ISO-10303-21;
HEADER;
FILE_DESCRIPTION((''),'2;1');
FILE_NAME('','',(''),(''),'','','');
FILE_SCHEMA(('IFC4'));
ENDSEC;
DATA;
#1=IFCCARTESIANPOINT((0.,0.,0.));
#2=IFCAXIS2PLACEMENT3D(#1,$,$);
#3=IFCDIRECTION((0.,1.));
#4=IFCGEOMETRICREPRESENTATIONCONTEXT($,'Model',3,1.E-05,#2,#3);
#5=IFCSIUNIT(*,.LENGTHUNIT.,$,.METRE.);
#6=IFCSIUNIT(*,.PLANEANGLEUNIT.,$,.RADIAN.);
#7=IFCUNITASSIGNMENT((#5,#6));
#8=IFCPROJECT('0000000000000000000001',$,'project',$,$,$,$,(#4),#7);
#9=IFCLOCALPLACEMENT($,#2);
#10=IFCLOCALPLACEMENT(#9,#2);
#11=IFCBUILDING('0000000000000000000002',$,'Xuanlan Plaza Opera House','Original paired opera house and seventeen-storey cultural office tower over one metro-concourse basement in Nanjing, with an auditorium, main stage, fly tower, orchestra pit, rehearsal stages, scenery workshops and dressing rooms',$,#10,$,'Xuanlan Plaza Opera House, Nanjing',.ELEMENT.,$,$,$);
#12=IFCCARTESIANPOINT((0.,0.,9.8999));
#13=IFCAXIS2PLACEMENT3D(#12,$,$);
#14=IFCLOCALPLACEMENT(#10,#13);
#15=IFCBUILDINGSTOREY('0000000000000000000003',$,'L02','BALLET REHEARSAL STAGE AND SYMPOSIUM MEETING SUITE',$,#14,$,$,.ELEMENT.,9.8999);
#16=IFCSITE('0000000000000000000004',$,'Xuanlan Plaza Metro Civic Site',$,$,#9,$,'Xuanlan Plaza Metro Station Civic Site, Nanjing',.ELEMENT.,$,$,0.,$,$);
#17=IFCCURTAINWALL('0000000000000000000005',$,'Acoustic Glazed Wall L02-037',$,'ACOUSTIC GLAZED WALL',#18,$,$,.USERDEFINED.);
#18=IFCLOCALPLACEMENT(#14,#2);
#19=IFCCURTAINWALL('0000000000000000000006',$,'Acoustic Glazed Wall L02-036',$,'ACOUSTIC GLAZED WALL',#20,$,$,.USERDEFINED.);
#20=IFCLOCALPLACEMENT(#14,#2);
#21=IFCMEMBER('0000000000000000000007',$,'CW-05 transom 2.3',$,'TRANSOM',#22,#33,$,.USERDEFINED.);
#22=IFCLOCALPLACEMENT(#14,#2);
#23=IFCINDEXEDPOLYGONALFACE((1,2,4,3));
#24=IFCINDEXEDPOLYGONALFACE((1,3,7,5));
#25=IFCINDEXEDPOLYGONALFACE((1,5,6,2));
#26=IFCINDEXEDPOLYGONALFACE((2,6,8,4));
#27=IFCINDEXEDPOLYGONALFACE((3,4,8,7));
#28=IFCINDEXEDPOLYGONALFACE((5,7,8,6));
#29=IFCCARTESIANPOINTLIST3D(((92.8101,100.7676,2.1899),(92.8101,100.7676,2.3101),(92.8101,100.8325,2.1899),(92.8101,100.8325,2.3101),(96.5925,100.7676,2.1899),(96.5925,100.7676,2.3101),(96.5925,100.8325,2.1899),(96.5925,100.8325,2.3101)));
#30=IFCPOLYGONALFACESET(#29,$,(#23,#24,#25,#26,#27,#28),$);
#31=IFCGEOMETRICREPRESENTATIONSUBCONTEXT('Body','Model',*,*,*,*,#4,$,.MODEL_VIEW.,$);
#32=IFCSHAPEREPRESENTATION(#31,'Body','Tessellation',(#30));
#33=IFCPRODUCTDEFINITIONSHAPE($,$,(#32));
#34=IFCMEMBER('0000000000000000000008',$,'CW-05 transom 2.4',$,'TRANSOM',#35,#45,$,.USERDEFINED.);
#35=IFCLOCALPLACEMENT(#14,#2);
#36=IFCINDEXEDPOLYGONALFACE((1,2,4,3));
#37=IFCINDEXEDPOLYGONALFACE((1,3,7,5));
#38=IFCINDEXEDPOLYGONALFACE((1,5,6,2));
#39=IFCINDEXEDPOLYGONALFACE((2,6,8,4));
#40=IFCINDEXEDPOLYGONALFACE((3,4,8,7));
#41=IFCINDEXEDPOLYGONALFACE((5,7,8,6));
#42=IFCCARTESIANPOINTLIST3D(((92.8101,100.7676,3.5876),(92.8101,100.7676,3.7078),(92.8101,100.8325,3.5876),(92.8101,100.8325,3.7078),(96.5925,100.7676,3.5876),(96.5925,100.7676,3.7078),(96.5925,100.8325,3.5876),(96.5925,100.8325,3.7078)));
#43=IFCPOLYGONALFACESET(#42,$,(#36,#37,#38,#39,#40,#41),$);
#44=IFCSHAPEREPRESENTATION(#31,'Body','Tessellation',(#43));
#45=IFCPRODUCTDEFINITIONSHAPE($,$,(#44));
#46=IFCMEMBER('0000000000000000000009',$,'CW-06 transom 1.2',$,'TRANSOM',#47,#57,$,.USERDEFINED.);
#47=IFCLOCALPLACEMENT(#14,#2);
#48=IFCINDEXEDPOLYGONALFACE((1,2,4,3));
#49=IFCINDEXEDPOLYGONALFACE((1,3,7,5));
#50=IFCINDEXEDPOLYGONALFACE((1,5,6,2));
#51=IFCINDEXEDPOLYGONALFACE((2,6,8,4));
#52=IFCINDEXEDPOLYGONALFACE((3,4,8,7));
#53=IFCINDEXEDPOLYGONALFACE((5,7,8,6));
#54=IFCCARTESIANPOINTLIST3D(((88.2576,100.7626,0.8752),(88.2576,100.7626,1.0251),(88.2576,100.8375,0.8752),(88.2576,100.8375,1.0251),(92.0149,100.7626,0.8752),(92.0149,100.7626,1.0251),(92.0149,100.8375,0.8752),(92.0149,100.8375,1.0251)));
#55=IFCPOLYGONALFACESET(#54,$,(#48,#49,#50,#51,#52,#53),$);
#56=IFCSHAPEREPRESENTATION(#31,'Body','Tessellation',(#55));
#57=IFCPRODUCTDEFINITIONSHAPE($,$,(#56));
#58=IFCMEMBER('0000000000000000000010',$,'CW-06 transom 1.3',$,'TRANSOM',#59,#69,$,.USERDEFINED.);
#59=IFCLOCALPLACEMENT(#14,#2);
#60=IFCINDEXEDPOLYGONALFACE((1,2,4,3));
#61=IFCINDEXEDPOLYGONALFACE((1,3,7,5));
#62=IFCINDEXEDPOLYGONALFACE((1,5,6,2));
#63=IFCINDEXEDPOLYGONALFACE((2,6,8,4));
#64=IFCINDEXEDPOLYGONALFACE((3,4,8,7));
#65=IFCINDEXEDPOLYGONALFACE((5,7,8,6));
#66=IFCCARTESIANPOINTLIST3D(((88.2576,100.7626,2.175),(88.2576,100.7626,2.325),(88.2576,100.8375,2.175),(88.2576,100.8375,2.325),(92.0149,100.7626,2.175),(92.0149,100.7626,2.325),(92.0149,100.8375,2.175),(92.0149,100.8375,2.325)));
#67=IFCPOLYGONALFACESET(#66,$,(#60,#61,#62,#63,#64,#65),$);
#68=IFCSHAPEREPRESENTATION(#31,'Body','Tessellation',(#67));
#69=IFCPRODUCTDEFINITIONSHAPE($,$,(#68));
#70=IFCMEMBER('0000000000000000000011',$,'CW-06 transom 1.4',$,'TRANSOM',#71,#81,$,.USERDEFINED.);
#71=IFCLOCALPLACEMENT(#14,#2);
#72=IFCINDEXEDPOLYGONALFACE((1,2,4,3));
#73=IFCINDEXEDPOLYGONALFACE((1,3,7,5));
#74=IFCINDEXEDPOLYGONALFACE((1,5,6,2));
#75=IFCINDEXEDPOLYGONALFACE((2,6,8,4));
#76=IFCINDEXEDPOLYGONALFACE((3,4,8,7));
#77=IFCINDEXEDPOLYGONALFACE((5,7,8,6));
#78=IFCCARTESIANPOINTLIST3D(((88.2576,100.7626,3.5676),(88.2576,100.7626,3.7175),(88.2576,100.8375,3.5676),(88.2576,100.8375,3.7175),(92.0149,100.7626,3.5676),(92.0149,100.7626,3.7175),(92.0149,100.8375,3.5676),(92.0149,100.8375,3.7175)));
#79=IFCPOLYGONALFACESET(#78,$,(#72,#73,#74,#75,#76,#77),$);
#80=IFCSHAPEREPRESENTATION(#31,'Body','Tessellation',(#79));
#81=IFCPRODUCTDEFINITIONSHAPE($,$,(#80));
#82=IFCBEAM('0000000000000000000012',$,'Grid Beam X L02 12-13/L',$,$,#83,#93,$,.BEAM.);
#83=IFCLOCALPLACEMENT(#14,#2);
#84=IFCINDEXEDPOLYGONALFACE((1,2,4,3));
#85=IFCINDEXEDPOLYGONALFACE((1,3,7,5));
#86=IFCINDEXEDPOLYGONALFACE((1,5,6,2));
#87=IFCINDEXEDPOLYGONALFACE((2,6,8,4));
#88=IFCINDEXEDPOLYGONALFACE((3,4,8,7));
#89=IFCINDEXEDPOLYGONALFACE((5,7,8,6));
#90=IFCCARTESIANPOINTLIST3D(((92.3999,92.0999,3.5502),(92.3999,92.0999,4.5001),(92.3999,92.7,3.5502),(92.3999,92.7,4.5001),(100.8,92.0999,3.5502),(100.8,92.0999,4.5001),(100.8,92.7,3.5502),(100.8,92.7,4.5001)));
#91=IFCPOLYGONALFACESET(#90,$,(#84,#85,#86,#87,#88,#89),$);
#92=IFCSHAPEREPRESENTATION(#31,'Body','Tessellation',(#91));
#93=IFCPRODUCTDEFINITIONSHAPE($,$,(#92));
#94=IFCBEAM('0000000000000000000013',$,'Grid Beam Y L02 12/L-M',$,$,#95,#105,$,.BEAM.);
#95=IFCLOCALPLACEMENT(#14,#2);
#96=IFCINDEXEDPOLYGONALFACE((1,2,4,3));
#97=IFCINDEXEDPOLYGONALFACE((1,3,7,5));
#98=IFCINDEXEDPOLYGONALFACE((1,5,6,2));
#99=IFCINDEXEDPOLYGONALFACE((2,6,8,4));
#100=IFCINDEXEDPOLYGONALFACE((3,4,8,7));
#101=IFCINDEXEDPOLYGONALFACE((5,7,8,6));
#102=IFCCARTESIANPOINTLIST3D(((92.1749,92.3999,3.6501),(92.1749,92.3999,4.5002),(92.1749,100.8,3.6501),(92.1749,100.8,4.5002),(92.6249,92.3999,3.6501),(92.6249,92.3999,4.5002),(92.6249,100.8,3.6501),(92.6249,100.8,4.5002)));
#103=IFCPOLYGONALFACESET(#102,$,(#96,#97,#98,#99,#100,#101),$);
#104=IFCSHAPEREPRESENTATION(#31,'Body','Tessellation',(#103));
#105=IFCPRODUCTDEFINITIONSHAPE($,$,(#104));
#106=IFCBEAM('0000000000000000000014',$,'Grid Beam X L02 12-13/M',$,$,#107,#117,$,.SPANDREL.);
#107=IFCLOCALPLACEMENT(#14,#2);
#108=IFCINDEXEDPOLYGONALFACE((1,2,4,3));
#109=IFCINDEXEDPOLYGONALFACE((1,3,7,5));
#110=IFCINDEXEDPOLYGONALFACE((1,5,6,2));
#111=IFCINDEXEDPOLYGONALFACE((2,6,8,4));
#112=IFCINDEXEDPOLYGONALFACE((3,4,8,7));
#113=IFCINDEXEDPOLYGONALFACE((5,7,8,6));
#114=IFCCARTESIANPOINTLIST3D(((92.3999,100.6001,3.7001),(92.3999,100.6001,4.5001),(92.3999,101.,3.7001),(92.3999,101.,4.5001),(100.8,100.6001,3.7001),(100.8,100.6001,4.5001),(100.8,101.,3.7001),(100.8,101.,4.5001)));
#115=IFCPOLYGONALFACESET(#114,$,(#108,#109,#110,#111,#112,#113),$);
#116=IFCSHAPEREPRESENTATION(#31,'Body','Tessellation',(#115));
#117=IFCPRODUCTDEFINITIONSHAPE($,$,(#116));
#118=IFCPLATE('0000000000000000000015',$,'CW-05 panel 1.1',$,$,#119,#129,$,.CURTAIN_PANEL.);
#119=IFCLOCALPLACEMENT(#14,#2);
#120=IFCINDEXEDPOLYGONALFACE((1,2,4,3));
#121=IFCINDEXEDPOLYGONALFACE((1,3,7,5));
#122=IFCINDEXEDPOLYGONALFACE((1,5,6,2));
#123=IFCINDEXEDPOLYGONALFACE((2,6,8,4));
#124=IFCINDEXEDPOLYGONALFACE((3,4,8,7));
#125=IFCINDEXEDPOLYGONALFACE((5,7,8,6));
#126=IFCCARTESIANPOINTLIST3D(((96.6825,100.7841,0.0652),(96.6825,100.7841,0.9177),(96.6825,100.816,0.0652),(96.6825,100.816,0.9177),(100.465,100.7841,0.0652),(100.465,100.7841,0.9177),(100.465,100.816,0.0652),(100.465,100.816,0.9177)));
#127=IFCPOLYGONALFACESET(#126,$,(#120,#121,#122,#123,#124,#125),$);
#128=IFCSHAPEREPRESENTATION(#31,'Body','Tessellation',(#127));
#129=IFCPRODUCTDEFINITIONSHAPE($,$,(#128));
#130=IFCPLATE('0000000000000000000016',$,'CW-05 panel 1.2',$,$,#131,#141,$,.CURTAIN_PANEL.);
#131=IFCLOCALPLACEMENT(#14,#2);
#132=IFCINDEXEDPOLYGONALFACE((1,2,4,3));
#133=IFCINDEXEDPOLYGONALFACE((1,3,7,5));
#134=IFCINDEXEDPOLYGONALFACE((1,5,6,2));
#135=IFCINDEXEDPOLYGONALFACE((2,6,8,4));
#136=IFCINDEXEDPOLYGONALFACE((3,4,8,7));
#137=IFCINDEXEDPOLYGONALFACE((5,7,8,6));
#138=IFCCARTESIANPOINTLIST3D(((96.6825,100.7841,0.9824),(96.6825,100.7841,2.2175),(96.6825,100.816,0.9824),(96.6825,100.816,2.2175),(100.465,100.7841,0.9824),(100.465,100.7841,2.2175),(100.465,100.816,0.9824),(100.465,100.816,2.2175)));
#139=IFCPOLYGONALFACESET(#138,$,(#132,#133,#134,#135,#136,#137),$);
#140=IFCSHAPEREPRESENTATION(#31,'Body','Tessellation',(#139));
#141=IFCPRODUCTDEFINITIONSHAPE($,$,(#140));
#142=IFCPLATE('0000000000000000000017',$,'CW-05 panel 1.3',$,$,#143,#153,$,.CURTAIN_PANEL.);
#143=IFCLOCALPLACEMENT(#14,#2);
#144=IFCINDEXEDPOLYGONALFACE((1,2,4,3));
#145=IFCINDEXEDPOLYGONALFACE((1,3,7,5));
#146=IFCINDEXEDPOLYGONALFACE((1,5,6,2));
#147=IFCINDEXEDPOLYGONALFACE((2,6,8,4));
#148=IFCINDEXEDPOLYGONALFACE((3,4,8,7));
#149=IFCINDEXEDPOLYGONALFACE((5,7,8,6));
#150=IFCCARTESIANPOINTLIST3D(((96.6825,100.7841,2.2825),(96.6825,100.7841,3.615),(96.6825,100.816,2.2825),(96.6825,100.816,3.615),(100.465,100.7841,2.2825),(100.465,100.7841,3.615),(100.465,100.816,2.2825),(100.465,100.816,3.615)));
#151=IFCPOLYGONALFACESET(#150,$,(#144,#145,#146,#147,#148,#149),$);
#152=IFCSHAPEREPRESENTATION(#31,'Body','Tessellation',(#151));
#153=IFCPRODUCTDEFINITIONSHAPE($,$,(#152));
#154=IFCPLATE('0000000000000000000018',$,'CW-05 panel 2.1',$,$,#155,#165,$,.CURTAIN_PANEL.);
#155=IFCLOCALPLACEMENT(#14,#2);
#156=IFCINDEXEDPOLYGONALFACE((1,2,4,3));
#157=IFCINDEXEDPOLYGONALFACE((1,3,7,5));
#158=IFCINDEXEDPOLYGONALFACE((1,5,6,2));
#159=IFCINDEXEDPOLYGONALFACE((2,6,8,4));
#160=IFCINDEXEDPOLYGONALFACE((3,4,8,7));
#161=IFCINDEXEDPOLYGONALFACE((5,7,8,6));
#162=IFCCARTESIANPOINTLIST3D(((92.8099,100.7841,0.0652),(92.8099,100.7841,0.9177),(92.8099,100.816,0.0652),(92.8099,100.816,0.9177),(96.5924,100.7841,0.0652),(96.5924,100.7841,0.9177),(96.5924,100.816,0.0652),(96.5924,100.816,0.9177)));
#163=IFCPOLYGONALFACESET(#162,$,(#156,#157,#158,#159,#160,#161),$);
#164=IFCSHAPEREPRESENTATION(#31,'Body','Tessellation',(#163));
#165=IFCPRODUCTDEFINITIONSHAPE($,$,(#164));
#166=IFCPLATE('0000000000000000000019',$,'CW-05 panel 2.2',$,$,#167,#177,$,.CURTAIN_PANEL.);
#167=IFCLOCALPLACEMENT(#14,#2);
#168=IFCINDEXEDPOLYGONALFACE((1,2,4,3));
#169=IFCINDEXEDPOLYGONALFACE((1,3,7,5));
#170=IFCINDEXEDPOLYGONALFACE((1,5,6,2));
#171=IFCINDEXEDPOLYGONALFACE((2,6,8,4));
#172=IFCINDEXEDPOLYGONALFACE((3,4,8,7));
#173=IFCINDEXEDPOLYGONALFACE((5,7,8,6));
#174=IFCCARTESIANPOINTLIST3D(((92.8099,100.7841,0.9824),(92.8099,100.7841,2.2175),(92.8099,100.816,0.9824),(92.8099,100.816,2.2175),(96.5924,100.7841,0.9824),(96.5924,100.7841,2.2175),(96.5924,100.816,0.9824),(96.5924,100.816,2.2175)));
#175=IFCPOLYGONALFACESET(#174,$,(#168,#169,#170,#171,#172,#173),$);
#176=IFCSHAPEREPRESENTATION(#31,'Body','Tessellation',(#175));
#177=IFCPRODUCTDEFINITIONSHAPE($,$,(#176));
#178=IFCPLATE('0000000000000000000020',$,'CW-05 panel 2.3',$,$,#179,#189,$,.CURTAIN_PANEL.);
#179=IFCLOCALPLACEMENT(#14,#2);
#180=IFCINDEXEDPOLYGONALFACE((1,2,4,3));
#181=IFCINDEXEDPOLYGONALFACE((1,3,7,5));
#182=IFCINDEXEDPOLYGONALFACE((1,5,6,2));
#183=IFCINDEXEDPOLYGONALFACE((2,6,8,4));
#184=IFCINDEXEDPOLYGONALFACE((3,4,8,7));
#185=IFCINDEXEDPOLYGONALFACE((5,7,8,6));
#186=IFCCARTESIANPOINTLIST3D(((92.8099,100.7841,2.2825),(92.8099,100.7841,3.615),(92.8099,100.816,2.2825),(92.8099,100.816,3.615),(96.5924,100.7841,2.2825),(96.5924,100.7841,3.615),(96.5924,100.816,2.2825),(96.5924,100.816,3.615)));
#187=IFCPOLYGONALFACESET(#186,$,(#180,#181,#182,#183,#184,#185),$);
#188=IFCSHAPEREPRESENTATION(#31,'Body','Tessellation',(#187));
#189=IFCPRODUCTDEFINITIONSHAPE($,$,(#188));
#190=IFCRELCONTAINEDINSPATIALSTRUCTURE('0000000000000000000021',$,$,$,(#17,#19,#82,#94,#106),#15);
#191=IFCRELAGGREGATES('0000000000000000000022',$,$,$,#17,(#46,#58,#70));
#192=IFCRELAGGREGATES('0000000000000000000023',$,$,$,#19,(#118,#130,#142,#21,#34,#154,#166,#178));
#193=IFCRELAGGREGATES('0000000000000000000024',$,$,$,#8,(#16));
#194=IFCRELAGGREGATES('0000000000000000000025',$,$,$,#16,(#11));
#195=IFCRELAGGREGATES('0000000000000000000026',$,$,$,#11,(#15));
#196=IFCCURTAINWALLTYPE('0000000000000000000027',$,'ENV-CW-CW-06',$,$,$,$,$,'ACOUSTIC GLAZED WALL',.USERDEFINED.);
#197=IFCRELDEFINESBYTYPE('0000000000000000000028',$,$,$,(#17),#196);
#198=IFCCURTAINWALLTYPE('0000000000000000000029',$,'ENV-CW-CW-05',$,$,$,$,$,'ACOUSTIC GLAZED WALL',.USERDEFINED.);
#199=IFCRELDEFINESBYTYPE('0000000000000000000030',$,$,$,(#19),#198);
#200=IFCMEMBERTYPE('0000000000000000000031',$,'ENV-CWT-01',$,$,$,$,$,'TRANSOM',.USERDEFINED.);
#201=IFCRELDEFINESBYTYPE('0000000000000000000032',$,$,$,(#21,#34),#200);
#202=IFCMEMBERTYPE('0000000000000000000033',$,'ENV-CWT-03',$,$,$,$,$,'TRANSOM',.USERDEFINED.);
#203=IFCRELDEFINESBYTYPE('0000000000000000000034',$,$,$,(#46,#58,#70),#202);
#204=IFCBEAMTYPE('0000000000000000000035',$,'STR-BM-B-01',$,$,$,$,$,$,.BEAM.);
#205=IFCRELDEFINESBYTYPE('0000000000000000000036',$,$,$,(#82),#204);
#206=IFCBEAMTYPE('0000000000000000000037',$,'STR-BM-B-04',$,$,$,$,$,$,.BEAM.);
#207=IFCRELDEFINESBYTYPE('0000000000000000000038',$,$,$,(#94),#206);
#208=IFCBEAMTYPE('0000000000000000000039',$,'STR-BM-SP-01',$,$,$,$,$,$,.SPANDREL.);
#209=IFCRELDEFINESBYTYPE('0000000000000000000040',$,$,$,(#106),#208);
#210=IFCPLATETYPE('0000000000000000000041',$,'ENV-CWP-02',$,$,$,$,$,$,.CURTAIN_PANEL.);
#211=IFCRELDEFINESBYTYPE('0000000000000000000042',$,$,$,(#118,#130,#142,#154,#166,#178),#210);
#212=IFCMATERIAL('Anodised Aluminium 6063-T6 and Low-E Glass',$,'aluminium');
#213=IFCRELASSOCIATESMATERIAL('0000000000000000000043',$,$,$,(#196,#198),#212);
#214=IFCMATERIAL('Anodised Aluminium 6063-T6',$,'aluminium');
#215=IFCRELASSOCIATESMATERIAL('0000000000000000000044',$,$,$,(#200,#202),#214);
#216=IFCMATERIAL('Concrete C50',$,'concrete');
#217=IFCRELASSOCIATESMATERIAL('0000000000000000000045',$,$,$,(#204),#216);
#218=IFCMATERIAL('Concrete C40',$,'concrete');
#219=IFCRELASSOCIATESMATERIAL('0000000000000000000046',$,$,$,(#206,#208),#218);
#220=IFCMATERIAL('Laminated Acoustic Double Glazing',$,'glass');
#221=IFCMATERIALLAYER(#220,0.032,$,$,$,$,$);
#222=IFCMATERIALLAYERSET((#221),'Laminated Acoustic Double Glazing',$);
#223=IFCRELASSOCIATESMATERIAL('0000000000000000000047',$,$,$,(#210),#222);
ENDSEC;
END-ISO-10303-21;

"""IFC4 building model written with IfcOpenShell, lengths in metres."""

from ifc_helpers import new_model, si_unit, direction, frame, origin, origin_2d, place, context, subcontext, project, spatial, rectangle, extrude, material, layer, layer_set, material_profile, profile_set, type_object, element, aggregate, save


model = new_model("IFC4")

# Units and contexts
model_context = context("Model", 3, precision=1e-05, world=origin(), true_north=direction((0.0, 1.0)))
body_context = subcontext(model_context, "Body", "Model", "MODEL_VIEW")
ifc_project = project(units=[si_unit("LENGTHUNIT", "METRE"), si_unit("PLANEANGLEUNIT", "RADIAN")], contexts=[model_context])

# Site, building, storey
site_placement = place(None, origin())
site = spatial("IfcSite", under=ifc_project, at=site_placement, Name="Xuanlan Plaza Metro Civic Site", LongName="Xuanlan Plaza Metro Station Civic Site, Nanjing", CompositionType="ELEMENT", RefElevation=0.0)
building_placement = place(site_placement, origin())
building = spatial("IfcBuilding", under=site, at=building_placement, Name="Xuanlan Plaza Opera House", Description="Original paired opera house and seventeen-storey cultural office tower over one metro-concourse basement in Nanjing, with an auditorium, main stage, fly tower, orchestra pit, rehearsal stages, scenery workshops and dressing rooms", LongName="Xuanlan Plaza Opera House, Nanjing", CompositionType="ELEMENT")
storey_placement = place(building_placement, frame((0.0, 0.0, 9.8999)))
storey = spatial("IfcBuildingStorey", under=building, at=storey_placement, Name="L02", Description="BALLET REHEARSAL STAGE AND SYMPOSIUM MEETING SUITE", CompositionType="ELEMENT", Elevation=9.8999)

# Shared definitions
ifc_material_1 = material(Name="Concrete C40", Category="concrete")

# Curtain wall
ifc_material_2 = material(Name="Anodised Aluminium 6063-T6 and Low-E Glass", Category="aluminium")
curtain_wall_type_1 = type_object("IfcCurtainWallType", Name="ENV-CW-CW-06", ElementType="ACOUSTIC GLAZED WALL", PredefinedType="USERDEFINED", material=ifc_material_2)
curtain_wall_1_placement = place(storey_placement, origin())
curtain_wall_1 = element("IfcCurtainWall", 1, at=curtain_wall_1_placement, inside=storey, type_object=curtain_wall_type_1, Name="Acoustic Glazed Wall L02-037", ObjectType="ACOUSTIC GLAZED WALL", PredefinedType="USERDEFINED")
ifc_material_3 = material(Name="Anodised Aluminium 6063-T6", Category="aluminium")

# Curtain wall, members
curtain_wall_type_2 = type_object("IfcCurtainWallType", Name="ENV-CW-CW-05", ElementType="ACOUSTIC GLAZED WALL", PredefinedType="USERDEFINED", material=ifc_material_2)
curtain_wall_2_placement = place(storey_placement, origin())
curtain_wall_2 = element("IfcCurtainWall", 2, at=curtain_wall_2_placement, inside=storey, type_object=curtain_wall_type_2, Name="Acoustic Glazed Wall L02-036", ObjectType="ACOUSTIC GLAZED WALL", PredefinedType="USERDEFINED")
ifc_material_profile_1 = material_profile(ifc_material_3, rectangle(XDim=0.0649, YDim=0.1201, at=origin_2d()), Name="ALU-T 65x120")
ifc_profile_set_1 = profile_set([ifc_material_profile_1], Name="Anodised Aluminium 6063-T6")
member_type_1 = type_object("IfcMemberType", Name="ENV-CWT-01", ElementType="TRANSOM", PredefinedType="USERDEFINED", material=ifc_profile_set_1)
member_1_placement = place(storey_placement, frame((96.5925, 100.8, 2.25), z_axis=(-1.0, 0.0, 0.0), x_axis=(0.0, -1.0, 0.0)))
member_1 = element("IfcMember", 3, at=member_1_placement, type_object=member_type_1, Name="CW-05 transom 2.3", ObjectType="TRANSOM", PredefinedType="USERDEFINED", context=body_context, shape_type="SweptSolid", body=[
    extrude(rectangle(XDim=0.0649, YDim=0.1201, at=origin_2d()), origin(), (0.0, 0.0, 1.0), 3.7825),
])
member_2_placement = place(storey_placement, frame((96.5925, 100.8, 3.6477), z_axis=(-1.0, 0.0, 0.0), x_axis=(0.0, -1.0, 0.0)))
member_2 = element("IfcMember", 4, at=member_2_placement, type_object=member_type_1, Name="CW-05 transom 2.4", ObjectType="TRANSOM", PredefinedType="USERDEFINED", context=body_context, shape_type="SweptSolid", body=[
    extrude(rectangle(XDim=0.0649, YDim=0.1201, at=origin_2d()), origin(), (0.0, 0.0, 1.0), 3.7825),
])

# Members
ifc_material_profile_2 = material_profile(ifc_material_3, rectangle(XDim=0.075, YDim=0.1499, at=origin_2d()), Name="ALU-T 75x150")
ifc_profile_set_2 = profile_set([ifc_material_profile_2], Name="Anodised Aluminium 6063-T6")
member_type_2 = type_object("IfcMemberType", Name="ENV-CWT-03", ElementType="TRANSOM", PredefinedType="USERDEFINED", material=ifc_profile_set_2)
member_3_placement = place(storey_placement, frame((92.0149, 100.8, 0.9502), z_axis=(-1.0, 0.0, 0.0), x_axis=(0.0, -1.0, 0.0)))
member_3 = element("IfcMember", 5, at=member_3_placement, type_object=member_type_2, Name="CW-06 transom 1.2", ObjectType="TRANSOM", PredefinedType="USERDEFINED", context=body_context, shape_type="SweptSolid", body=[
    extrude(rectangle(XDim=0.075, YDim=0.1499, at=origin_2d()), origin(), (0.0, 0.0, 1.0), 3.7573),
])
member_4_placement = place(storey_placement, frame((92.0149, 100.8, 2.25), z_axis=(-1.0, 0.0, 0.0), x_axis=(0.0, -1.0, 0.0)))
member_4 = element("IfcMember", 6, at=member_4_placement, type_object=member_type_2, Name="CW-06 transom 1.3", ObjectType="TRANSOM", PredefinedType="USERDEFINED", context=body_context, shape_type="SweptSolid", body=[
    extrude(rectangle(XDim=0.075, YDim=0.1499, at=origin_2d()), origin(), (0.0, 0.0, 1.0), 3.7573),
])
member_5_placement = place(storey_placement, frame((92.0149, 100.8, 3.6426), z_axis=(-1.0, 0.0, 0.0), x_axis=(0.0, -1.0, 0.0)))
member_5 = element("IfcMember", 7, at=member_5_placement, type_object=member_type_2, Name="CW-06 transom 1.4", ObjectType="TRANSOM", PredefinedType="USERDEFINED", context=body_context, shape_type="SweptSolid", body=[
    extrude(rectangle(XDim=0.075, YDim=0.1499, at=origin_2d()), origin(), (0.0, 0.0, 1.0), 3.7573),
])
aggregate(curtain_wall_1, [member_3, member_4, member_5])

# Beams
ifc_material_4 = material(Name="Concrete C50", Category="concrete")
ifc_material_profile_3 = material_profile(ifc_material_4, rectangle(XDim=0.6001, YDim=0.95, at=origin_2d()), Name="RC-BM 600x950")
ifc_profile_set_3 = profile_set([ifc_material_profile_3], Name="Concrete C50")
beam_type_1 = type_object("IfcBeamType", Name="STR-BM-B-01", PredefinedType="BEAM", material=ifc_profile_set_3)
beam_1_placement = place(storey_placement, frame((92.3999, 92.3999, 4.0251), z_axis=(1.0, 0.0, 0.0), x_axis=(0.0, 1.0, 0.0)))
element("IfcBeam", 8, at=beam_1_placement, inside=storey, type_object=beam_type_1, Name="Grid Beam X L02 12-13/L", PredefinedType="BEAM", context=body_context, shape_type="SweptSolid", body=[
    extrude(rectangle(XDim=0.6001, YDim=0.95, at=origin_2d()), origin(), (0.0, 0.0, 1.0), 8.4001),
])
ifc_material_profile_4 = material_profile(ifc_material_1, rectangle(XDim=0.45, YDim=0.8501, at=origin_2d()), Name="RC-BM 450x850")
ifc_profile_set_4 = profile_set([ifc_material_profile_4], Name="Concrete C40")
beam_type_2 = type_object("IfcBeamType", Name="STR-BM-B-04", PredefinedType="BEAM", material=ifc_profile_set_4)
beam_2_placement = place(storey_placement, frame((92.3999, 92.3999, 4.0752), z_axis=(0.0, 1.0, 0.0), x_axis=(-1.0, 0.0, 0.0)))
element("IfcBeam", 9, at=beam_2_placement, inside=storey, type_object=beam_type_2, Name="Grid Beam Y L02 12/L-M", PredefinedType="BEAM", context=body_context, shape_type="SweptSolid", body=[
    extrude(rectangle(XDim=0.45, YDim=0.8501, at=origin_2d()), origin(), (0.0, 0.0, 1.0), 8.4001),
])
ifc_material_profile_5 = material_profile(ifc_material_1, rectangle(XDim=0.3999, YDim=0.8, at=origin_2d()), Name="RC-SPD 400x800")
ifc_profile_set_5 = profile_set([ifc_material_profile_5], Name="Concrete C40")
beam_type_3 = type_object("IfcBeamType", Name="STR-BM-SP-01", PredefinedType="SPANDREL", material=ifc_profile_set_5)
beam_3_placement = place(storey_placement, frame((92.3999, 100.8, 4.1001), z_axis=(1.0, 0.0, 0.0), x_axis=(0.0, 1.0, 0.0)))
element("IfcBeam", 10, at=beam_3_placement, inside=storey, type_object=beam_type_3, Name="Grid Beam X L02 12-13/M", PredefinedType="SPANDREL", context=body_context, shape_type="SweptSolid", body=[
    extrude(rectangle(XDim=0.3999, YDim=0.8, at=origin_2d()), origin(), (0.0, 0.0, 1.0), 8.4001),
])

# Plates
ifc_material_5 = material(Name="Laminated Acoustic Double Glazing", Category="glass")
ifc_layer = layer(ifc_material_5, 0.032)
ifc_layer_set = layer_set([ifc_layer], Name="Laminated Acoustic Double Glazing")
plate_type = type_object("IfcPlateType", Name="ENV-CWP-02", PredefinedType="CURTAIN_PANEL", material=ifc_layer_set)
plate_1_placement = place(storey_placement, frame((98.5737, 100.8, 0.0652), z_axis=(0.0, 0.0, 1.0), x_axis=(-1.0, 0.0, 0.0)))
plate_1 = element("IfcPlate", 11, at=plate_1_placement, type_object=plate_type, Name="CW-05 panel 1.1", PredefinedType="CURTAIN_PANEL", context=body_context, shape_type="SweptSolid", body=[
    extrude(rectangle(XDim=3.7825, YDim=0.032, at=origin_2d()), origin(), (0.0, 0.0, 1.0), 0.8525),
])
plate_2_placement = place(storey_placement, frame((98.5737, 100.8, 0.9824), z_axis=(0.0, 0.0, 1.0), x_axis=(-1.0, 0.0, 0.0)))
plate_2 = element("IfcPlate", 12, at=plate_2_placement, type_object=plate_type, Name="CW-05 panel 1.2", PredefinedType="CURTAIN_PANEL", context=body_context, shape_type="SweptSolid", body=[
    extrude(rectangle(XDim=3.7825, YDim=0.032, at=origin_2d()), origin(), (0.0, 0.0, 1.0), 1.2351),
])
plate_3_placement = place(storey_placement, frame((98.5737, 100.8, 2.2825), z_axis=(0.0, 0.0, 1.0), x_axis=(-1.0, 0.0, 0.0)))
plate_3 = element("IfcPlate", 13, at=plate_3_placement, type_object=plate_type, Name="CW-05 panel 1.3", PredefinedType="CURTAIN_PANEL", context=body_context, shape_type="SweptSolid", body=[
    extrude(rectangle(XDim=3.7825, YDim=0.032, at=origin_2d()), origin(), (0.0, 0.0, 1.0), 1.3325),
])
plate_4_placement = place(storey_placement, frame((94.7012, 100.8, 0.0652), z_axis=(0.0, 0.0, 1.0), x_axis=(-1.0, 0.0, 0.0)))
plate_4 = element("IfcPlate", 14, at=plate_4_placement, type_object=plate_type, Name="CW-05 panel 2.1", PredefinedType="CURTAIN_PANEL", context=body_context, shape_type="SweptSolid", body=[
    extrude(rectangle(XDim=3.7825, YDim=0.032, at=origin_2d()), origin(), (0.0, 0.0, 1.0), 0.8525),
])
plate_5_placement = place(storey_placement, frame((94.7012, 100.8, 0.9824), z_axis=(0.0, 0.0, 1.0), x_axis=(-1.0, 0.0, 0.0)))
plate_5 = element("IfcPlate", 15, at=plate_5_placement, type_object=plate_type, Name="CW-05 panel 2.2", PredefinedType="CURTAIN_PANEL", context=body_context, shape_type="SweptSolid", body=[
    extrude(rectangle(XDim=3.7825, YDim=0.032, at=origin_2d()), origin(), (0.0, 0.0, 1.0), 1.2351),
])
plate_6_placement = place(storey_placement, frame((94.7012, 100.8, 2.2825), z_axis=(0.0, 0.0, 1.0), x_axis=(-1.0, 0.0, 0.0)))
plate_6 = element("IfcPlate", 16, at=plate_6_placement, type_object=plate_type, Name="CW-05 panel 2.3", PredefinedType="CURTAIN_PANEL", context=body_context, shape_type="SweptSolid", body=[
    extrude(rectangle(XDim=3.7825, YDim=0.032, at=origin_2d()), origin(), (0.0, 0.0, 1.0), 1.3325),
])
aggregate(curtain_wall_2, [plate_1, plate_2, plate_3, member_1, member_2, plate_4, plate_5, plate_6])

save(model, "model.ifc")
